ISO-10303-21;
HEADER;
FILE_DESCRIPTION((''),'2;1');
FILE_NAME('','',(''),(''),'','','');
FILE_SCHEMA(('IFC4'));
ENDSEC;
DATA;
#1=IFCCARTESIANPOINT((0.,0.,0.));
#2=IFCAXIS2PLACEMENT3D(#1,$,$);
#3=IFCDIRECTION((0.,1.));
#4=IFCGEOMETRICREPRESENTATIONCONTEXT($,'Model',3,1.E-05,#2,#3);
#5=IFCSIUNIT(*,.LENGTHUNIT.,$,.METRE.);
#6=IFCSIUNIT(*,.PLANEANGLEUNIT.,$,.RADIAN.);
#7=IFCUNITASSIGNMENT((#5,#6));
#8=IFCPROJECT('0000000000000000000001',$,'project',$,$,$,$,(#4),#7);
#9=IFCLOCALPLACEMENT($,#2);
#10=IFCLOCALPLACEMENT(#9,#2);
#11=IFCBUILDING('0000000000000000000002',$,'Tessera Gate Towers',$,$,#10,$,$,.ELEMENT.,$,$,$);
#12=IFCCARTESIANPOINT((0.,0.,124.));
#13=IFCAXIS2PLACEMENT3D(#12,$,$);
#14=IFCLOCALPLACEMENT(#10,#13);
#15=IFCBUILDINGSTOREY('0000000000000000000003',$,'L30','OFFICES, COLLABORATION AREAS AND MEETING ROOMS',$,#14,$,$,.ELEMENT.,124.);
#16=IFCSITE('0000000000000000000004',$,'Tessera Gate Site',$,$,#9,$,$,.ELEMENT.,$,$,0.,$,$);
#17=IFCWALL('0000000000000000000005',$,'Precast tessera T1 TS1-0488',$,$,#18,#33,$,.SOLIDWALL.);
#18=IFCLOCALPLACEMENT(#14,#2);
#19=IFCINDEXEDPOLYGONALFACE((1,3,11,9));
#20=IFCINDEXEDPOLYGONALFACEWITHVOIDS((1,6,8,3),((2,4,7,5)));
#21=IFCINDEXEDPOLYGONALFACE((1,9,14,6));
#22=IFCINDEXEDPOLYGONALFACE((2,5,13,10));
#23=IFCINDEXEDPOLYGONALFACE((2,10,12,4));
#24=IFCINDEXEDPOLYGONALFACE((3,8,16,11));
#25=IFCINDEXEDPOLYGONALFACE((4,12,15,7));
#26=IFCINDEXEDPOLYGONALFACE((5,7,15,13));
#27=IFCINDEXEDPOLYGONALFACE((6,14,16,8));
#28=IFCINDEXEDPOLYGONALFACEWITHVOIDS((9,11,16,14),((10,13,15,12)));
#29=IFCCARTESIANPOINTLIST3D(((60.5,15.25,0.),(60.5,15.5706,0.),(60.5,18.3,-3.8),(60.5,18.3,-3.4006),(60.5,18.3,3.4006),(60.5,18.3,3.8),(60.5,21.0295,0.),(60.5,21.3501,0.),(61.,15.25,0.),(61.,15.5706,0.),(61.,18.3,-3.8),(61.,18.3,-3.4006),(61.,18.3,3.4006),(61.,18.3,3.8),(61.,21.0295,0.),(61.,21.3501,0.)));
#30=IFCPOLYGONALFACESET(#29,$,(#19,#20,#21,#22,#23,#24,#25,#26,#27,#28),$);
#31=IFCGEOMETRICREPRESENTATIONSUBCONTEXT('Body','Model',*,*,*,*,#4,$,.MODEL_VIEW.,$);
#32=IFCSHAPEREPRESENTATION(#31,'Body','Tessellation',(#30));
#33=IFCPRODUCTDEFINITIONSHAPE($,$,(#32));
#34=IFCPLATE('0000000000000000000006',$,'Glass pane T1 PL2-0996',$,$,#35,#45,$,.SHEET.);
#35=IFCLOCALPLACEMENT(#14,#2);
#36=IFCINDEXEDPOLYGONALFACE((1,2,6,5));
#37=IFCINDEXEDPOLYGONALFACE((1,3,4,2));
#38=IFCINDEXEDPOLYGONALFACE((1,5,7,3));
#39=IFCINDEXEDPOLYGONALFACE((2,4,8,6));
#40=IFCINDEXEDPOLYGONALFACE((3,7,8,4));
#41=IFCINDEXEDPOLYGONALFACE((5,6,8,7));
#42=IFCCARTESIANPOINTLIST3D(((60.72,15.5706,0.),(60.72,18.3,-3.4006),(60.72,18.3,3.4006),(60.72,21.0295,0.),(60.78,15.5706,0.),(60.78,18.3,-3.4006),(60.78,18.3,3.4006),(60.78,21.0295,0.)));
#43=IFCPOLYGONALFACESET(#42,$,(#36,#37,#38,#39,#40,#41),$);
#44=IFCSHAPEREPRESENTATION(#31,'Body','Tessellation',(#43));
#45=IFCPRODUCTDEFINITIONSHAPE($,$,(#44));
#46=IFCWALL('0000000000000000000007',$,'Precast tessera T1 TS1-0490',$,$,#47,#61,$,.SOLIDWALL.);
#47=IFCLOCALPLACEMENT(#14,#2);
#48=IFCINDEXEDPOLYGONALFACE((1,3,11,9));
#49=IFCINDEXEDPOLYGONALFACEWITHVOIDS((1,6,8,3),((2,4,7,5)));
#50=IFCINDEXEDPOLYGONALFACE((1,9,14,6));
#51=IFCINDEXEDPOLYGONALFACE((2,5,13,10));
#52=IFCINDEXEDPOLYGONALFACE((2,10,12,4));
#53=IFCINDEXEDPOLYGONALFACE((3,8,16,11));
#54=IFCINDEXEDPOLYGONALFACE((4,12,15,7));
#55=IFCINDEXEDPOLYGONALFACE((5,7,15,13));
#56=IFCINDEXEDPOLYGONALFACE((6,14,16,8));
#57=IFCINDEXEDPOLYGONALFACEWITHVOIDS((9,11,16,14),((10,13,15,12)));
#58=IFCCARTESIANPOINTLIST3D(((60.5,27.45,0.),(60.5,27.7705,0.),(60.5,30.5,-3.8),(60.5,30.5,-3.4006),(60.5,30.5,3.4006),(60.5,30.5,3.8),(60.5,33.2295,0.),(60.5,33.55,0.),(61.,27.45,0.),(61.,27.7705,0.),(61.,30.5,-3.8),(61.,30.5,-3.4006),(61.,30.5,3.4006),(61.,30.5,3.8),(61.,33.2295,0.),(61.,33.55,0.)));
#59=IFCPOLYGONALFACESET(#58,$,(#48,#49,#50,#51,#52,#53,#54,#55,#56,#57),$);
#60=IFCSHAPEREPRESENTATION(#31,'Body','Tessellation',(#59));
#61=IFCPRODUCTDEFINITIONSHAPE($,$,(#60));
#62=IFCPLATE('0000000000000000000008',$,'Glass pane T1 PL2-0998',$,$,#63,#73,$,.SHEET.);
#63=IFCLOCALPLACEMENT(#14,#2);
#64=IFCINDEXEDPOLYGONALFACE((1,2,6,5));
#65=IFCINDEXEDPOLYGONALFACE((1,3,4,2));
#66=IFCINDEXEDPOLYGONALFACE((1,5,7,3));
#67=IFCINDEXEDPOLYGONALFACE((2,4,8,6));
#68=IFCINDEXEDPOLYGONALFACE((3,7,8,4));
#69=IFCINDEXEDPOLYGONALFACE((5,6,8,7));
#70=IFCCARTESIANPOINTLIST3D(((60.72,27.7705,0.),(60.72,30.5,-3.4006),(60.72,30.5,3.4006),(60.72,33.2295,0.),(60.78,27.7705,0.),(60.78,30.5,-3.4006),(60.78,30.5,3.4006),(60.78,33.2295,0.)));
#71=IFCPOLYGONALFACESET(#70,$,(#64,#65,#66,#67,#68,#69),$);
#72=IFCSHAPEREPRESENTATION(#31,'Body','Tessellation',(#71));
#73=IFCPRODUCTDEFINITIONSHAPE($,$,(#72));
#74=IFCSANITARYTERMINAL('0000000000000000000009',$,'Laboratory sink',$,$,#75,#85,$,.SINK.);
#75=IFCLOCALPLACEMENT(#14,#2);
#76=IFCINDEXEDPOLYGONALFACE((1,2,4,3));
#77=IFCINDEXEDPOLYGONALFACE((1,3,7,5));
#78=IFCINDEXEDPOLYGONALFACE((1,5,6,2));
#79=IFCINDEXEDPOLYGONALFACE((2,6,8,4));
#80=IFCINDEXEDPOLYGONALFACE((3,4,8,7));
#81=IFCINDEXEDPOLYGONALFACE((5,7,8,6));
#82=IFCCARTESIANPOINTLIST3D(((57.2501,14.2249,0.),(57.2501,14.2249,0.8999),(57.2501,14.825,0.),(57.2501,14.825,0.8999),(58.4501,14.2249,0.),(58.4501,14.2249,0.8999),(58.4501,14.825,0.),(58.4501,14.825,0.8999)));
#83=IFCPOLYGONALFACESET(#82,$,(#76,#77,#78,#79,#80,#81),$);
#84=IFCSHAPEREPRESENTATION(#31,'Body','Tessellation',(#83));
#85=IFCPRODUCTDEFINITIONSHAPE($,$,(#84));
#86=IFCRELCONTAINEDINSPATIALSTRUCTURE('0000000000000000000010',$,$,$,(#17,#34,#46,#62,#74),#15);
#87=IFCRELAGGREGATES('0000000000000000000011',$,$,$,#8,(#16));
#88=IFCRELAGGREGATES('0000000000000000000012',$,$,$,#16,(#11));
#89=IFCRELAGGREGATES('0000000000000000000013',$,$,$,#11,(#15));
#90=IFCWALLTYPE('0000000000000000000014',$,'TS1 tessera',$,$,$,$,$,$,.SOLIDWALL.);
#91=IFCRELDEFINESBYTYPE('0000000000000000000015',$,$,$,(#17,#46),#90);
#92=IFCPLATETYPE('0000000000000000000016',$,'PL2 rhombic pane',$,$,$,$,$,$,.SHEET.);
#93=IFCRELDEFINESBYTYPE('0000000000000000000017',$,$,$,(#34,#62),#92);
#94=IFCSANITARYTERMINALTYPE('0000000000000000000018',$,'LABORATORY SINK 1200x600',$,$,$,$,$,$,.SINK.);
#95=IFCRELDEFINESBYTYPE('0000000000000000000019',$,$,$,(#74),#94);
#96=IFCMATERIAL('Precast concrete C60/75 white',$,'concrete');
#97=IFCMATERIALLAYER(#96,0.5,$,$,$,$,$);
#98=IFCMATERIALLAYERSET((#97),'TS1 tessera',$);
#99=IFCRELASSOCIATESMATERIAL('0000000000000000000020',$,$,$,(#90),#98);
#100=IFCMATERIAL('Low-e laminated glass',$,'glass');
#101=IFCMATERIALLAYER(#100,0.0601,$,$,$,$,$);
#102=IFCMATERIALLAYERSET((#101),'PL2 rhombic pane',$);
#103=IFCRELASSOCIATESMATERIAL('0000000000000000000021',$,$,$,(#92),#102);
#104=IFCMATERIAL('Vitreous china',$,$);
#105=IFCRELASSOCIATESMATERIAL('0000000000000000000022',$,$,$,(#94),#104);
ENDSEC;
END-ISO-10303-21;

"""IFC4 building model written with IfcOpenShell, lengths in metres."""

from ifc_helpers import new_model, si_unit, direction, frame, origin, origin_2d, place, context, subcontext, project, spatial, polyline, rectangle, outline, extrude, source, transform, mapped, material, layer, layer_set, type_object, element, fill, save


model = new_model("IFC4")

# Units and contexts
model_context = context("Model", 3, precision=1e-05, world=origin(), true_north=direction((0.0, 1.0)))
body_context = subcontext(model_context, "Body", "Model", "MODEL_VIEW")
ifc_project = project(units=[si_unit("LENGTHUNIT", "METRE"), si_unit("PLANEANGLEUNIT", "RADIAN")], contexts=[model_context])

# Site, building, storey
site_placement = place(None, origin())
site = spatial("IfcSite", under=ifc_project, at=site_placement, Name="Tessera Gate Site", CompositionType="ELEMENT", RefElevation=0.0)
building_placement = place(site_placement, origin())
building = spatial("IfcBuilding", under=site, at=building_placement, Name="Tessera Gate Towers", CompositionType="ELEMENT")
storey_placement = place(building_placement, frame((0.0, 0.0, 124.0)))
storey = spatial("IfcBuildingStorey", under=building, at=storey_placement, Name="L30", Description="OFFICES, COLLABORATION AREAS AND MEETING ROOMS", CompositionType="ELEMENT", Elevation=124.0)

# Walls, openings, plates
ifc_material_1 = material(Name="Precast concrete C60/75 white", Category="concrete")
ifc_layer_1 = layer(ifc_material_1, 0.5)
ifc_layer_set_1 = layer_set([ifc_layer_1], Name="TS1 tessera")
wall_type_1 = type_object("IfcWallType", Name="TS1 tessera", PredefinedType="SOLIDWALL", material=ifc_layer_set_1)
shared_shape_1 = source(origin(), body_context, "Body", "SweptSolid", [
    extrude(outline(polyline([(3.05, 0.0), (6.1001, 3.8), (3.05, 7.6001), (0.0, 3.8), (3.05, 0.0)])), frame((0.0, 0.25, 0.0), z_axis=(0.0, -1.0, 0.0), x_axis=(1.0, 0.0, 0.0)), (0.0, 0.0, 1.0), 0.5),
])
wall_1_placement = place(storey_placement, frame((60.75, 15.25, -3.8), z_axis=(0.0, 0.0, 1.0), x_axis=(0.0, 1.0, 0.0)))
wall_1 = element("IfcWall", 1, at=wall_1_placement, inside=storey, type_object=wall_type_1, Name="Precast tessera T1 TS1-0488", PredefinedType="SOLIDWALL", context=body_context, shape_type="MappedRepresentation", body=[
    mapped(shared_shape_1, transform((0.0, 0.0, 0.0), scale=1.0)),
])
shared_shape_2 = source(origin(), body_context, "Body", "SweptSolid", [
    extrude(outline(polyline([(3.05, 0.3994), (5.7795, 3.8), (3.05, 7.2007), (0.3206, 3.8), (3.05, 0.3994)])), frame((0.0, 0.26, 0.0), z_axis=(0.0, -1.0, 0.0), x_axis=(1.0, 0.0, 0.0)), (0.0, 0.0, 1.0), 0.52),
])
opening_1_placement = place(wall_1_placement, origin())
opening_1 = element("IfcOpeningElement", 2, at=opening_1_placement, cuts=wall_1, PredefinedType="OPENING", context=body_context, shape_type="MappedRepresentation", body=[
    mapped(shared_shape_2, transform((0.0, 0.0, 0.0), scale=1.0)),
])
ifc_material_2 = material(Name="Low-e laminated glass", Category="glass")
ifc_layer_2 = layer(ifc_material_2, 0.0601)
ifc_layer_set_2 = layer_set([ifc_layer_2], Name="PL2 rhombic pane")
plate_type = type_object("IfcPlateType", Name="PL2 rhombic pane", PredefinedType="SHEET", material=ifc_layer_set_2)
shared_shape_3 = source(origin(), body_context, "Body", "SweptSolid", [
    extrude(outline(polyline([(3.05, 0.3994), (5.7795, 3.8), (3.05, 7.2007), (0.3206, 3.8), (3.05, 0.3994)])), frame((0.0, 0.03, 0.0), z_axis=(0.0, -1.0, 0.0), x_axis=(1.0, 0.0, 0.0)), (0.0, 0.0, 1.0), 0.0601),
])
plate_1_placement = place(opening_1_placement, origin())
plate_1 = element("IfcPlate", 3, at=plate_1_placement, inside=storey, type_object=plate_type, Name="Glass pane T1 PL2-0996", PredefinedType="SHEET", context=body_context, shape_type="MappedRepresentation", body=[
    mapped(shared_shape_3, transform((0.0, 0.0, 0.0), scale=1.0)),
])
fill(opening_1, plate_1)
wall_2_placement = place(storey_placement, frame((60.75, 27.45, -3.8), z_axis=(0.0, 0.0, 1.0), x_axis=(0.0, 1.0, 0.0)))
wall_2 = element("IfcWall", 4, at=wall_2_placement, inside=storey, type_object=wall_type_1, Name="Precast tessera T1 TS1-0490", PredefinedType="SOLIDWALL", context=body_context, shape_type="MappedRepresentation", body=[
    mapped(shared_shape_1, transform((0.0, 0.0, 0.0), scale=1.0)),
])
opening_2_placement = place(wall_2_placement, origin())
opening_2 = element("IfcOpeningElement", 5, at=opening_2_placement, cuts=wall_2, PredefinedType="OPENING", context=body_context, shape_type="MappedRepresentation", body=[
    mapped(shared_shape_2, transform((0.0, 0.0, 0.0), scale=1.0)),
])
plate_2_placement = place(opening_2_placement, origin())
plate_2 = element("IfcPlate", 6, at=plate_2_placement, inside=storey, type_object=plate_type, Name="Glass pane T1 PL2-0998", PredefinedType="SHEET", context=body_context, shape_type="MappedRepresentation", body=[
    mapped(shared_shape_3, transform((0.0, 0.0, 0.0), scale=1.0)),
])
fill(opening_2, plate_2)

# Sanitary terminal
ifc_material_3 = material(Name="Vitreous china")
sanitary_terminal_type = type_object("IfcSanitaryTerminalType", Name="LABORATORY SINK 1200x600", PredefinedType="SINK", material=ifc_material_3)
sanitary_terminal_placement = place(storey_placement, frame((57.8501, 14.5249, 0.0), z_axis=(0.0, 0.0, 1.0), x_axis=(1.0, 0.0, 0.0)))
element("IfcSanitaryTerminal", 7, at=sanitary_terminal_placement, inside=storey, type_object=sanitary_terminal_type, Name="Laboratory sink", PredefinedType="SINK", context=body_context, shape_type="SweptSolid", body=[
    extrude(rectangle(XDim=1.2, YDim=0.6001, at=origin_2d()), origin(), (0.0, 0.0, 1.0), 0.8999),
])

save(model, "model.ifc")
